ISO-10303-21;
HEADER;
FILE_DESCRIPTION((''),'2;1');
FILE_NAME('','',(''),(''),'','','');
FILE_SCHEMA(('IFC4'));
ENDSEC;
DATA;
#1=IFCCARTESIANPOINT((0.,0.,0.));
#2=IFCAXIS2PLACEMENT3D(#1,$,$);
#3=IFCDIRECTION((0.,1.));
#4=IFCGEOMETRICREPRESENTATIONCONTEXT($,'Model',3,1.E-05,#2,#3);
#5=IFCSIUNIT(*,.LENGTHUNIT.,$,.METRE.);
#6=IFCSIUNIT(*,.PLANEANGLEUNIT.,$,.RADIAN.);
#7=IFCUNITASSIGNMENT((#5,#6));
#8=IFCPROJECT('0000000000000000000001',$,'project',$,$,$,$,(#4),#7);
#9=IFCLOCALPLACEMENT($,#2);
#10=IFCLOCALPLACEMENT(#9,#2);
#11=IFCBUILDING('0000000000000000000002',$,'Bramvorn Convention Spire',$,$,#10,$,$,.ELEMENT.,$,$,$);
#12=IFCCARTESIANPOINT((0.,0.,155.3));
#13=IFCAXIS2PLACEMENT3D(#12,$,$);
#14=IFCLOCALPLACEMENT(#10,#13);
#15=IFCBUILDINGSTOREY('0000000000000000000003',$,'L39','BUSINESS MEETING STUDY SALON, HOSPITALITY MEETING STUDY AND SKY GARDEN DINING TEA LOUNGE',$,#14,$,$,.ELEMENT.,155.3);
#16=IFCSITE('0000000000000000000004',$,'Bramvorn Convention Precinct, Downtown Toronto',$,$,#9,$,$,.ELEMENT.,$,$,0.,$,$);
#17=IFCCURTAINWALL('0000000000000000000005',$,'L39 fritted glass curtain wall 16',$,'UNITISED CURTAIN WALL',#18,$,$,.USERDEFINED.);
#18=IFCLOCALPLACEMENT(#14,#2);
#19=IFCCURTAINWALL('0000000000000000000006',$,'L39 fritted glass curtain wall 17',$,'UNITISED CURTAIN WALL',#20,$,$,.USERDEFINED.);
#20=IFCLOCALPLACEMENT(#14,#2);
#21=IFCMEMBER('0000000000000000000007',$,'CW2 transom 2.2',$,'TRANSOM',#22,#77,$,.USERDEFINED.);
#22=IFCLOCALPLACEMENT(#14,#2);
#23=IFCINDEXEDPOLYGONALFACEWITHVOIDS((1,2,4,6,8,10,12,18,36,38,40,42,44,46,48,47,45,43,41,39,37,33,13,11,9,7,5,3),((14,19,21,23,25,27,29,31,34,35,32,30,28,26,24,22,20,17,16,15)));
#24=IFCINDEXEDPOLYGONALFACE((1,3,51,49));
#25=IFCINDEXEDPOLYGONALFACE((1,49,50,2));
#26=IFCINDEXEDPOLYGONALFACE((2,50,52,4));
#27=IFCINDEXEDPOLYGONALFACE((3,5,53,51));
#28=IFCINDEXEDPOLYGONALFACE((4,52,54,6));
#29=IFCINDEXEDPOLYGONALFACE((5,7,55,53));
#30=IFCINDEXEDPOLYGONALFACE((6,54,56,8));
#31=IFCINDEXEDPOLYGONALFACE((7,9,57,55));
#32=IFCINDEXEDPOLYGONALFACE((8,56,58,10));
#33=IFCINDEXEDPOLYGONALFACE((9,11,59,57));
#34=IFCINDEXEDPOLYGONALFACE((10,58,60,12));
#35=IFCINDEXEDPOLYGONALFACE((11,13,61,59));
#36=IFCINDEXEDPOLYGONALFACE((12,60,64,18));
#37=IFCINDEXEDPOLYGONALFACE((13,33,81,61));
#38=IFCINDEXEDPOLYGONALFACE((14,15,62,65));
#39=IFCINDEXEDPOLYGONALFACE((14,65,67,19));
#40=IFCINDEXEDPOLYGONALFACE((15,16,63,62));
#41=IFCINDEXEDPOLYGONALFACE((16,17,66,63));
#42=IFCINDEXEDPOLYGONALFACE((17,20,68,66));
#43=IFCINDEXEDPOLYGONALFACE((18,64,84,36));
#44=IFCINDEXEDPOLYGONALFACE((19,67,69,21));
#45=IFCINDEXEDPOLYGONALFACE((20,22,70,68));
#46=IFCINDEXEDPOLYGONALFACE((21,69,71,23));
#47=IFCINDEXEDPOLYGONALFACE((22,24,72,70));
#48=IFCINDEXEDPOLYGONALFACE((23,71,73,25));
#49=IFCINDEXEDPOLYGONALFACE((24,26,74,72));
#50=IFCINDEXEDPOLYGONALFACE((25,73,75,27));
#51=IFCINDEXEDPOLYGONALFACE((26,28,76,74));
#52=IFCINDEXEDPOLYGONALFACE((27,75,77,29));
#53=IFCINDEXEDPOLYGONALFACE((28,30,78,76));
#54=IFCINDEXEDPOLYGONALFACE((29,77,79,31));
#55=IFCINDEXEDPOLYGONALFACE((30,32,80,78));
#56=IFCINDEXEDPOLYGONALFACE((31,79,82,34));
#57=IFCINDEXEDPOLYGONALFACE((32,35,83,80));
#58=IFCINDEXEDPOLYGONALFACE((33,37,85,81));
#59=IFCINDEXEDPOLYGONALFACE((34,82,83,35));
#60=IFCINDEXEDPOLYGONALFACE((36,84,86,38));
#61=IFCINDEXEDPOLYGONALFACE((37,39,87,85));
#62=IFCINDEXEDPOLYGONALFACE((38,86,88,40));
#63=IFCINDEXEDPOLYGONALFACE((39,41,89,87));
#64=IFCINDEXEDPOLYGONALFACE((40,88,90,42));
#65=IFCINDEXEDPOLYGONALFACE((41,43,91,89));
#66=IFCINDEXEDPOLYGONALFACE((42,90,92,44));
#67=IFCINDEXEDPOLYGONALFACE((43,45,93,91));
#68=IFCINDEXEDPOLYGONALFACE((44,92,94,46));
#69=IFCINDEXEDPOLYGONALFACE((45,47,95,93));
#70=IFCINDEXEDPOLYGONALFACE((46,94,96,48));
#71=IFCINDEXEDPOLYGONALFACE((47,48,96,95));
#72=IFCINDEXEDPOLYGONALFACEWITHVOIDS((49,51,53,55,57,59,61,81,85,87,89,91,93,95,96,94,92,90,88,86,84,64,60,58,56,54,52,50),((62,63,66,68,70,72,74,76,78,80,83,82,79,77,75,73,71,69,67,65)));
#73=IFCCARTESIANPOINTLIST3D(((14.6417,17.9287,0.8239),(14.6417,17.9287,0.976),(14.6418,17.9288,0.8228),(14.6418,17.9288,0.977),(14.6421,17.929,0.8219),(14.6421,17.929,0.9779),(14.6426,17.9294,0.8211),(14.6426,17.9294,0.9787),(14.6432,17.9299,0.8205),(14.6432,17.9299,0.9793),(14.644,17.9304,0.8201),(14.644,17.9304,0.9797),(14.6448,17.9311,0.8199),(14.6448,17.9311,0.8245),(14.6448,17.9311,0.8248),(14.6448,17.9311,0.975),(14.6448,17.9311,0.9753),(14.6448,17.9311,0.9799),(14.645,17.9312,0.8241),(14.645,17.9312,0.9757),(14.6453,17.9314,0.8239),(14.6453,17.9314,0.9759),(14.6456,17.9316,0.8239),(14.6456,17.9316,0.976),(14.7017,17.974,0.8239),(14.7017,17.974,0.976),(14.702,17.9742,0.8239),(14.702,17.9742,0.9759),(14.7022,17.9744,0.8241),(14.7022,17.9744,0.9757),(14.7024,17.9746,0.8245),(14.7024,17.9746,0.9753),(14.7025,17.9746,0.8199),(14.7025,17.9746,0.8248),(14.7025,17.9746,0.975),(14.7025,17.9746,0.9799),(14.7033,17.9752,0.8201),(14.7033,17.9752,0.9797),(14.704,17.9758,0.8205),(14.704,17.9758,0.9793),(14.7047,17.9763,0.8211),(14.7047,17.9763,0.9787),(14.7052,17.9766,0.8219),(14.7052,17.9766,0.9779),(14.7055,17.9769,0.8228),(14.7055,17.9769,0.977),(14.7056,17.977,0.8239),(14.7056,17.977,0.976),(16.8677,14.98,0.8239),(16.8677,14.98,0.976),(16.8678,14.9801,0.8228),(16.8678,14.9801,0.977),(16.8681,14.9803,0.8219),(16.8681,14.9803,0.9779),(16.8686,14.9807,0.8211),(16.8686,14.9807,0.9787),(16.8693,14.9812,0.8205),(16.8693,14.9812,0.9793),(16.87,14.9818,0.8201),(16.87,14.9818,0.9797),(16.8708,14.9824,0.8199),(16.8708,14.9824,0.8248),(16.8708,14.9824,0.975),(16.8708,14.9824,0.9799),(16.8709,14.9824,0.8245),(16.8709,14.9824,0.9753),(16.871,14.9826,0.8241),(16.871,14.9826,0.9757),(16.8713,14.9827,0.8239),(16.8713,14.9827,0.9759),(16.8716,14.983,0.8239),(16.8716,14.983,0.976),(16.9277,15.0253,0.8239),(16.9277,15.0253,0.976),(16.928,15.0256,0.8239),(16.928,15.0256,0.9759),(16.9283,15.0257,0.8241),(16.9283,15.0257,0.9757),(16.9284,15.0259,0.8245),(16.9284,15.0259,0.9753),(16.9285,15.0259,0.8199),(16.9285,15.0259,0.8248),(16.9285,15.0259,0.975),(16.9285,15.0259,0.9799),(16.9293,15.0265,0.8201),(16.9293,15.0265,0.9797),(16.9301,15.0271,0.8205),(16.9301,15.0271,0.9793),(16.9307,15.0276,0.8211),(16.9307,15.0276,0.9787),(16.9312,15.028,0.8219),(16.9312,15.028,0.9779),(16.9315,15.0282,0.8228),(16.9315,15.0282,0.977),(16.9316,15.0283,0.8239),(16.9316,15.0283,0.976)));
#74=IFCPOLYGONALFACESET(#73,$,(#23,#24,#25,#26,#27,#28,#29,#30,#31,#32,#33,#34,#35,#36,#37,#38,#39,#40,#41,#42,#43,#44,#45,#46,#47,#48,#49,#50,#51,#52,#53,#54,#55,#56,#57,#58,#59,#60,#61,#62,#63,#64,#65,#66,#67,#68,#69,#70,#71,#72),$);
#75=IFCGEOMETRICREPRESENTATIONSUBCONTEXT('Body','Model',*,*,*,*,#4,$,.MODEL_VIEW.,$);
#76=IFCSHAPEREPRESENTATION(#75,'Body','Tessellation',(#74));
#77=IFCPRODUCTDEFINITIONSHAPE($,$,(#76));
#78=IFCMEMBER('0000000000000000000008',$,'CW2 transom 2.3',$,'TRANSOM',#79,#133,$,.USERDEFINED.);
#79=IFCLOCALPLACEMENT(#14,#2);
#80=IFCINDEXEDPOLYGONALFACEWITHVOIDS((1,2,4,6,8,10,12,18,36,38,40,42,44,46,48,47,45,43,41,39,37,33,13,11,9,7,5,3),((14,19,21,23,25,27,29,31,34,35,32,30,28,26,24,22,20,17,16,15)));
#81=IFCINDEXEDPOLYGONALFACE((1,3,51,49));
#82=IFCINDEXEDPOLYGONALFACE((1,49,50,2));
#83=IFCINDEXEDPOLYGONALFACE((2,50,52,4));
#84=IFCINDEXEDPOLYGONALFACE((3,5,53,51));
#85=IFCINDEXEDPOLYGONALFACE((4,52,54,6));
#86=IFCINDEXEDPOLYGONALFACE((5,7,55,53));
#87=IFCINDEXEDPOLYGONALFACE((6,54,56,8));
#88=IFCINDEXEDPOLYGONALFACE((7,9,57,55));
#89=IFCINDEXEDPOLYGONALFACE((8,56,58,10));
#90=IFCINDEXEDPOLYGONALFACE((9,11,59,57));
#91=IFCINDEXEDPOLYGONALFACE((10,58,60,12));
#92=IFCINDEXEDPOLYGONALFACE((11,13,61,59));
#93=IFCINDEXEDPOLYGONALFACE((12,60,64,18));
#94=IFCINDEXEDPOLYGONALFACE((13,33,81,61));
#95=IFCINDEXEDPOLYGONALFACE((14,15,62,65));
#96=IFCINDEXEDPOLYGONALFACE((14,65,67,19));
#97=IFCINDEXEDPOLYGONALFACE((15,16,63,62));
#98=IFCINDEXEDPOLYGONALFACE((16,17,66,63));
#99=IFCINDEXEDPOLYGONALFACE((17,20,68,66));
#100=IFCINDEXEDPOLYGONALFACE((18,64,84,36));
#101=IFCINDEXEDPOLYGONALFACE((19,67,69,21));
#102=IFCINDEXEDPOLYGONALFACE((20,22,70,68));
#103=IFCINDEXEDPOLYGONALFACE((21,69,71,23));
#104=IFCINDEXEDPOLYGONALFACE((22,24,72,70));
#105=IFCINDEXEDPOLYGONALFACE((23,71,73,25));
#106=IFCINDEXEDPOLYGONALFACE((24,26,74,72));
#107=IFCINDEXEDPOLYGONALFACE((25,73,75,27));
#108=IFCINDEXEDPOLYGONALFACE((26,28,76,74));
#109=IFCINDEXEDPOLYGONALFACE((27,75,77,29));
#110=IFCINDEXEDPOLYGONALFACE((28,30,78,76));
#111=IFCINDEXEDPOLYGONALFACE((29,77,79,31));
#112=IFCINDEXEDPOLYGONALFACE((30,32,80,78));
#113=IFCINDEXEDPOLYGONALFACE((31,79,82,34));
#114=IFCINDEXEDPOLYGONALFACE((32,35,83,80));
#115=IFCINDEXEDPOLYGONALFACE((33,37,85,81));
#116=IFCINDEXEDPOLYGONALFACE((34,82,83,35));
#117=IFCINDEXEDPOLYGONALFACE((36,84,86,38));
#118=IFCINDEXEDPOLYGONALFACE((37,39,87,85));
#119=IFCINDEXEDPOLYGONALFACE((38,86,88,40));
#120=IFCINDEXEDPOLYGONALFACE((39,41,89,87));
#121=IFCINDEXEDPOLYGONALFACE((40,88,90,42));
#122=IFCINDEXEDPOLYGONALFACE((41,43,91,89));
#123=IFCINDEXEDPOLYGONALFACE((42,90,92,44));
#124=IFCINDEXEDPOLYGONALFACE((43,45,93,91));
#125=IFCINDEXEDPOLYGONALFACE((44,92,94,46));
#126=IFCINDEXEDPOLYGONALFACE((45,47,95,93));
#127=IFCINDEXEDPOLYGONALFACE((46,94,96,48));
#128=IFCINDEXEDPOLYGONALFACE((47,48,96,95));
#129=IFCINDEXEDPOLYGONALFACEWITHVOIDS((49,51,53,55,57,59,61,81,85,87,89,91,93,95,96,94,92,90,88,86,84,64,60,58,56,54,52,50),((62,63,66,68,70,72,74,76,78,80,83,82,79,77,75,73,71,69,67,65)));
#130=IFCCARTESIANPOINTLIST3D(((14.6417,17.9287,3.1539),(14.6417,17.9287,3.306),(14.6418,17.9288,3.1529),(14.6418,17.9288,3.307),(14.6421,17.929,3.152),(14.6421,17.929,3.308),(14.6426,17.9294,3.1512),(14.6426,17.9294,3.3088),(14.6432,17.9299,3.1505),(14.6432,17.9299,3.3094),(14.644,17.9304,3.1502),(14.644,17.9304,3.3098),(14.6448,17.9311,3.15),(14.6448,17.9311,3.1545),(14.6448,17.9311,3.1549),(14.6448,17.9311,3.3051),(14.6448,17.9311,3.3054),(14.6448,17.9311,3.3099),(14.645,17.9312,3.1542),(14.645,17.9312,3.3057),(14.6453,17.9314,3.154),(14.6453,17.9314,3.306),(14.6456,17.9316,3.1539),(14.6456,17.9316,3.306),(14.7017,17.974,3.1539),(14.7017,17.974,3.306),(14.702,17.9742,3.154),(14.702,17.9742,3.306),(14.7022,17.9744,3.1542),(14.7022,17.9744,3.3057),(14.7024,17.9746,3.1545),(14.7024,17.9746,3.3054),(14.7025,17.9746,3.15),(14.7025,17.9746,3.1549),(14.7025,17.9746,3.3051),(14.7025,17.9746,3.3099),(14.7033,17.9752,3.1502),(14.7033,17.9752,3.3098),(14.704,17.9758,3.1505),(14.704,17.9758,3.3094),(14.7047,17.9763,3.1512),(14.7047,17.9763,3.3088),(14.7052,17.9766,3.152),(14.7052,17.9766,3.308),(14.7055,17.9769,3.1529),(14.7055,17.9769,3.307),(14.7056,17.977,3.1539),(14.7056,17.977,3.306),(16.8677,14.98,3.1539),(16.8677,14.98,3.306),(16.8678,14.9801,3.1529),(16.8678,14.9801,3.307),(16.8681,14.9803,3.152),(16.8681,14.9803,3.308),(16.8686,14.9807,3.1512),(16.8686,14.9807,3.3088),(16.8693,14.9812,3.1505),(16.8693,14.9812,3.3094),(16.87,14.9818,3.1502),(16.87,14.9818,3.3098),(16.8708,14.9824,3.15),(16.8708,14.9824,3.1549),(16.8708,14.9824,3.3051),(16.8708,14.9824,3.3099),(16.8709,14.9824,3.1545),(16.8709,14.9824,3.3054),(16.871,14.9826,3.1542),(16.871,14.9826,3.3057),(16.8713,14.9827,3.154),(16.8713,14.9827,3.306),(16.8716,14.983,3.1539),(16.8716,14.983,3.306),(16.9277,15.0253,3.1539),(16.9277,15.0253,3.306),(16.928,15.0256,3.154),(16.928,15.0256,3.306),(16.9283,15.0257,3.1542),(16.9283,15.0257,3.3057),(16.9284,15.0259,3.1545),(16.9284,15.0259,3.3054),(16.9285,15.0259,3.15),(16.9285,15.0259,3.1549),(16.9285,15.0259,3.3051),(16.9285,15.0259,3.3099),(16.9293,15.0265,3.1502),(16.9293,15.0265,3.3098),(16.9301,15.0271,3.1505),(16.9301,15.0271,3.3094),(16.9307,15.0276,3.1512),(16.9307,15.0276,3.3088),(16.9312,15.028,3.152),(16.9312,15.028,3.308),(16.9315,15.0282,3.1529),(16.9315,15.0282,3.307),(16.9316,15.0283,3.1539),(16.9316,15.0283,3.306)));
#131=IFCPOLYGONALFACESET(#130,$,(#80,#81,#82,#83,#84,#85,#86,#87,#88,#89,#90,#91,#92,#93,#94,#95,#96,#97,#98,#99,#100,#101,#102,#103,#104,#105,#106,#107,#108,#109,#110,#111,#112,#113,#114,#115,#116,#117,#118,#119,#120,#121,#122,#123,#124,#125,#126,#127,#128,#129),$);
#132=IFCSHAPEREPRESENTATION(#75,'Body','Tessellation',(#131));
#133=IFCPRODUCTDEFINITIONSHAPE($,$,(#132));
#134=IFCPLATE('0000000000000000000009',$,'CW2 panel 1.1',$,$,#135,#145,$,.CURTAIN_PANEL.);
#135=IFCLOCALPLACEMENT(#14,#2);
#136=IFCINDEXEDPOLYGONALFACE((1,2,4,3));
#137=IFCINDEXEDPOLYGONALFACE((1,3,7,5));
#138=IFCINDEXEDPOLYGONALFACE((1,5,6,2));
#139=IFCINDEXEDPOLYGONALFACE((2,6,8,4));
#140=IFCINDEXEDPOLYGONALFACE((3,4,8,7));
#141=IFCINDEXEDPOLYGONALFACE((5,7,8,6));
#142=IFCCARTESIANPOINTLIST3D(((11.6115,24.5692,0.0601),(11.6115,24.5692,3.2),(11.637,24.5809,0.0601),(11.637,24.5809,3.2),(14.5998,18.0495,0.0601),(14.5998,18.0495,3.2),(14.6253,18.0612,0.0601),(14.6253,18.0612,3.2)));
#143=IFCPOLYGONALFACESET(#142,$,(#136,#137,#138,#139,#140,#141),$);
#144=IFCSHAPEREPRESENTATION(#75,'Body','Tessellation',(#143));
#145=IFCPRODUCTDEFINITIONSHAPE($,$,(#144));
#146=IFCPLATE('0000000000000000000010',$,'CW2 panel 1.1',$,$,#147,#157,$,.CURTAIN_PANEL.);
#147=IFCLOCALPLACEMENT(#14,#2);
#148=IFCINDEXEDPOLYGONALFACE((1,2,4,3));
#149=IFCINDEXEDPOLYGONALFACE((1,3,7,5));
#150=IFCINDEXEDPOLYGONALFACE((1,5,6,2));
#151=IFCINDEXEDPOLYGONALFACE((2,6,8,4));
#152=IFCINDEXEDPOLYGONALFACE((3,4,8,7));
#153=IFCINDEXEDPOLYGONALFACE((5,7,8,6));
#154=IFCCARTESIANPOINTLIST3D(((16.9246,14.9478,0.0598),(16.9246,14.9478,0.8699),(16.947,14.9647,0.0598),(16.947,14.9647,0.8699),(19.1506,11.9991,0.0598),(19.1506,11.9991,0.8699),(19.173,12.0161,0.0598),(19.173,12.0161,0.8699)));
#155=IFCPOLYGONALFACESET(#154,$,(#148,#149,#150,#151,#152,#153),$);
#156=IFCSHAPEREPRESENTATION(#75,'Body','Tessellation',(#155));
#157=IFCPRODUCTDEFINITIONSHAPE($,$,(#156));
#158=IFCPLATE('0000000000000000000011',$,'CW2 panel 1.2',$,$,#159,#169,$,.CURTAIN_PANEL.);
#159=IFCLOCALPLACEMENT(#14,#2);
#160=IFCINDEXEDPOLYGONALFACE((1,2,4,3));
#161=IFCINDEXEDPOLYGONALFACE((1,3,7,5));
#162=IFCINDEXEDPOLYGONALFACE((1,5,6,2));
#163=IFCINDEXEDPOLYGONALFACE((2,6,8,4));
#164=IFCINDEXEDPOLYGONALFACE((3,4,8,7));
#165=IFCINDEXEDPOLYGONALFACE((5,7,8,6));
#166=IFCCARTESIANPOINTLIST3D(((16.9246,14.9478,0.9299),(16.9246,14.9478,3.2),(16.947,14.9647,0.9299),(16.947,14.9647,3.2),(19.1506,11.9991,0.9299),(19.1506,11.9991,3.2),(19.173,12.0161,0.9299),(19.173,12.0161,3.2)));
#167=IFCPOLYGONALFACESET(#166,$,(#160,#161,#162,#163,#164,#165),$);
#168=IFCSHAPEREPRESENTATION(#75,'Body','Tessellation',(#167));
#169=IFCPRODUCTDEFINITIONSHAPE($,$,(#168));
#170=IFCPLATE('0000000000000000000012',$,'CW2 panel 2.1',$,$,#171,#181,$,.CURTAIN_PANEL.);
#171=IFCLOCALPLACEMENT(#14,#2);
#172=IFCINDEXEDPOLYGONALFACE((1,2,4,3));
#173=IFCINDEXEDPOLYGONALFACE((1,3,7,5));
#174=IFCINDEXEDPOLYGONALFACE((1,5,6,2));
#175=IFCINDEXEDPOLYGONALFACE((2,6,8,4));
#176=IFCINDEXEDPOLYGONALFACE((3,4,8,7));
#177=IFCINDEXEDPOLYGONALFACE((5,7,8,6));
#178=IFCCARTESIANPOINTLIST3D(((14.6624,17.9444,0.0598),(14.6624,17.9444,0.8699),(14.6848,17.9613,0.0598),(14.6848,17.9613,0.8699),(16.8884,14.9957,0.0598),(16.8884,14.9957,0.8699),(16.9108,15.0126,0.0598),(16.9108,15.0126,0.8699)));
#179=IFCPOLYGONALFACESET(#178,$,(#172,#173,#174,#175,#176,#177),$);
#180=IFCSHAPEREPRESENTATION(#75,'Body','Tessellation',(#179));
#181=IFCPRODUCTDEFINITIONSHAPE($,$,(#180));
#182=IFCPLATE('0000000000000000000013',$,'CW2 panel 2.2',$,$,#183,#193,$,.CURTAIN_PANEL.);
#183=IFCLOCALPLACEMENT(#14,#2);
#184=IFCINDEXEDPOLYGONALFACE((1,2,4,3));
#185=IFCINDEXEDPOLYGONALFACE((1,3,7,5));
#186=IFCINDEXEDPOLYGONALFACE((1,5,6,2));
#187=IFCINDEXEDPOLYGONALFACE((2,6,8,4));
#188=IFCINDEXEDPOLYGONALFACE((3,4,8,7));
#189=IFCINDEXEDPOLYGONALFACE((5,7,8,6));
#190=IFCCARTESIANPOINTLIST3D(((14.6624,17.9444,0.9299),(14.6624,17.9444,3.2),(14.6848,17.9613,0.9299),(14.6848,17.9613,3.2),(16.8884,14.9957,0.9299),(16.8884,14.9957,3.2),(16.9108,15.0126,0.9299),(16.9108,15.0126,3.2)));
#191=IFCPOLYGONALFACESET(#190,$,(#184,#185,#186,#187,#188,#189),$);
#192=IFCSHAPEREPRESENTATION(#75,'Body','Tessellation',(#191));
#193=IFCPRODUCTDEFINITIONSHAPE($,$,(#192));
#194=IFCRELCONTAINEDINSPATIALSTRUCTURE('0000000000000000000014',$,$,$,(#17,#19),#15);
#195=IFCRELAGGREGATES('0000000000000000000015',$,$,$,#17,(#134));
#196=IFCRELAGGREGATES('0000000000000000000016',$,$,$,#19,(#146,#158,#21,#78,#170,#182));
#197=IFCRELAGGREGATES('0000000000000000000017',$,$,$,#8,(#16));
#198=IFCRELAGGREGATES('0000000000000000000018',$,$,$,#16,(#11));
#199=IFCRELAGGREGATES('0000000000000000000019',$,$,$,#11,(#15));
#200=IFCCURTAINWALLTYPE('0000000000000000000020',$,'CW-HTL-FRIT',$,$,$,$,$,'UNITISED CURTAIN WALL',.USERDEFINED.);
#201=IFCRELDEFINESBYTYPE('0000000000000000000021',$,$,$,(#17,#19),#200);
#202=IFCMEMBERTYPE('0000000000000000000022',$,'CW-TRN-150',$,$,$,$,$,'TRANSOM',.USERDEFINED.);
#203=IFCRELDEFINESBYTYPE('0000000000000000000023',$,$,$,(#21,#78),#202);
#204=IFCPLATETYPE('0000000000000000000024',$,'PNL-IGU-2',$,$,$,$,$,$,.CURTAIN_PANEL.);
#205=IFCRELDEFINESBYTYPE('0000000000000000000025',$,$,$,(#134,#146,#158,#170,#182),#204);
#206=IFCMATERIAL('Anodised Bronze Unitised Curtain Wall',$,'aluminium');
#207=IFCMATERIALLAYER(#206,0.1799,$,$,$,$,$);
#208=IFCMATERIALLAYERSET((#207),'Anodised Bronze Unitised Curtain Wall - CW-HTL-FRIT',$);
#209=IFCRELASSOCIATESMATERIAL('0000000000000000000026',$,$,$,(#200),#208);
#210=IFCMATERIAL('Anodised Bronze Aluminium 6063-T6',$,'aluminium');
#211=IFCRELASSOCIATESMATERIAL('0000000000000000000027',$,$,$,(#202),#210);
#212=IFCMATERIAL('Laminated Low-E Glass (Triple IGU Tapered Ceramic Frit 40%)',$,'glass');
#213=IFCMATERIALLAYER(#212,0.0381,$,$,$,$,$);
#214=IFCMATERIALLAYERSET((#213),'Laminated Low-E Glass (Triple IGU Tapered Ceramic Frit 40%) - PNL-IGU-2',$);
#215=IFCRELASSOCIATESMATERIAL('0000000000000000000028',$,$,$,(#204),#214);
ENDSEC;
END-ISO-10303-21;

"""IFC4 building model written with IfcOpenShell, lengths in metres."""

from ifc_helpers import new_model, si_unit, direction, frame, origin, origin_2d, place, context, subcontext, project, spatial, rectangle, hollow_rectangle, extrude, material, layer, layer_set, material_profile, profile_set, type_object, element, aggregate, save


model = new_model("IFC4")

# Units and contexts
model_context = context("Model", 3, precision=1e-05, world=origin(), true_north=direction((0.0, 1.0)))
body_context = subcontext(model_context, "Body", "Model", "MODEL_VIEW")
ifc_project = project(units=[si_unit("LENGTHUNIT", "METRE"), si_unit("PLANEANGLEUNIT", "RADIAN")], contexts=[model_context])

# Site, building, storey
site_placement = place(None, origin())
site = spatial("IfcSite", under=ifc_project, at=site_placement, Name="Bramvorn Convention Precinct, Downtown Toronto", CompositionType="ELEMENT", RefElevation=0.0)
building_placement = place(site_placement, origin())
building = spatial("IfcBuilding", under=site, at=building_placement, Name="Bramvorn Convention Spire", CompositionType="ELEMENT")
storey_placement = place(building_placement, frame((0.0, 0.0, 155.3)))
storey = spatial("IfcBuildingStorey", under=building, at=storey_placement, Name="L39", Description="BUSINESS MEETING STUDY SALON, HOSPITALITY MEETING STUDY AND SKY GARDEN DINING TEA LOUNGE", CompositionType="ELEMENT", Elevation=155.3)

# Shared definitions
ifc_material_1 = material(Name="Anodised Bronze Unitised Curtain Wall", Category="aluminium")
ifc_layer_1 = layer(ifc_material_1, 0.1799)
ifc_layer_set_1 = layer_set([ifc_layer_1], Name="Anodised Bronze Unitised Curtain Wall - CW-HTL-FRIT")
curtain_wall_type = type_object("IfcCurtainWallType", Name="CW-HTL-FRIT", ElementType="UNITISED CURTAIN WALL", PredefinedType="USERDEFINED", material=ifc_layer_set_1)
ifc_material_2 = material(Name="Anodised Bronze Aluminium 6063-T6", Category="aluminium")

# Curtain walls
curtain_wall_1_placement = place(storey_placement, origin())
curtain_wall_1 = element("IfcCurtainWall", 1, at=curtain_wall_1_placement, inside=storey, type_object=curtain_wall_type, Name="L39 fritted glass curtain wall 16", ObjectType="UNITISED CURTAIN WALL", PredefinedType="USERDEFINED")
curtain_wall_2_placement = place(storey_placement, origin())
curtain_wall_2 = element("IfcCurtainWall", 2, at=curtain_wall_2_placement, inside=storey, type_object=curtain_wall_type, Name="L39 fritted glass curtain wall 17", ObjectType="UNITISED CURTAIN WALL", PredefinedType="USERDEFINED")

# Members
ifc_material_profile_1 = material_profile(ifc_material_2, hollow_rectangle(XDim=0.0801, YDim=0.1599, WallThickness=0.0039, InnerFilletRadius=0.001, OuterFilletRadius=0.0039, at=origin_2d()))
ifc_profile_set_1 = profile_set([ifc_material_profile_1], Name="Anodised Bronze Aluminium 6063-T6 - CWT80X160")
member_type_1 = type_object("IfcMemberType", Name="CW-TRN-150", ElementType="TRANSOM", PredefinedType="USERDEFINED", material=ifc_profile_set_1)
member_1_placement = place(storey_placement, frame((16.8997, 15.0042, 0.8999), z_axis=(-0.602513, 0.798109, 0.0), x_axis=(-0.798109, -0.602513, 0.0)))
member_1 = element("IfcMember", 3, at=member_1_placement, type_object=member_type_1, Name="CW2 transom 2.2", ObjectType="TRANSOM", PredefinedType="USERDEFINED", context=body_context, shape_type="SweptSolid", body=[
    extrude(hollow_rectangle(XDim=0.0801, YDim=0.1599, WallThickness=0.0039, InnerFilletRadius=0.001, OuterFilletRadius=0.0039, at=origin_2d()), origin(), (0.0, 0.0, 1.0), 3.6946),
])
member_2_placement = place(storey_placement, frame((16.8997, 15.0042, 3.23), z_axis=(-0.602513, 0.798109, 0.0), x_axis=(-0.798109, -0.602513, 0.0)))
member_2 = element("IfcMember", 4, at=member_2_placement, type_object=member_type_1, Name="CW2 transom 2.3", ObjectType="TRANSOM", PredefinedType="USERDEFINED", context=body_context, shape_type="SweptSolid", body=[
    extrude(hollow_rectangle(XDim=0.0801, YDim=0.1599, WallThickness=0.0039, InnerFilletRadius=0.001, OuterFilletRadius=0.0039, at=origin_2d()), origin(), (0.0, 0.0, 1.0), 3.6946),
])

# Plates
ifc_material_3 = material(Name="Laminated Low-E Glass (Triple IGU Tapered Ceramic Frit 40%)", Category="glass")
ifc_layer_2 = layer(ifc_material_3, 0.0381)
ifc_layer_set_2 = layer_set([ifc_layer_2], Name="Laminated Low-E Glass (Triple IGU Tapered Ceramic Frit 40%) - PNL-IGU-2")
plate_type = type_object("IfcPlateType", Name="PNL-IGU-2", PredefinedType="CURTAIN_PANEL", material=ifc_layer_set_2)
plate_1_placement = place(storey_placement, frame((13.1184, 21.3152, 0.0601), z_axis=(0.0, 0.0, 1.0), x_axis=(-0.416671, 0.909057, 0.0)))
plate_1 = element("IfcPlate", 5, at=plate_1_placement, type_object=plate_type, Name="CW2 panel 1.1", PredefinedType="CURTAIN_PANEL", context=body_context, shape_type="SweptSolid", body=[
    extrude(rectangle(XDim=7.1719, YDim=0.0281, at=origin_2d()), origin(), (0.0, 0.0, 1.0), 3.1399),
])
aggregate(curtain_wall_1, [plate_1])
plate_2_placement = place(storey_placement, frame((18.0488, 13.4819, 0.0598), z_axis=(0.0, 0.0, 1.0), x_axis=(-0.602513, 0.798109, 0.0)))
plate_2 = element("IfcPlate", 6, at=plate_2_placement, type_object=plate_type, Name="CW2 panel 1.1", PredefinedType="CURTAIN_PANEL", context=body_context, shape_type="SweptSolid", body=[
    extrude(rectangle(XDim=3.6946, YDim=0.0281, at=origin_2d()), origin(), (0.0, 0.0, 1.0), 0.8101),
])
plate_3_placement = place(storey_placement, frame((18.0488, 13.4819, 0.9299), z_axis=(0.0, 0.0, 1.0), x_axis=(-0.602513, 0.798109, 0.0)))
plate_3 = element("IfcPlate", 7, at=plate_3_placement, type_object=plate_type, Name="CW2 panel 1.2", PredefinedType="CURTAIN_PANEL", context=body_context, shape_type="SweptSolid", body=[
    extrude(rectangle(XDim=3.6946, YDim=0.0281, at=origin_2d()), origin(), (0.0, 0.0, 1.0), 2.27),
])
plate_4_placement = place(storey_placement, frame((15.7866, 16.4785, 0.0598), z_axis=(0.0, 0.0, 1.0), x_axis=(-0.602513, 0.798109, 0.0)))
plate_4 = element("IfcPlate", 8, at=plate_4_placement, type_object=plate_type, Name="CW2 panel 2.1", PredefinedType="CURTAIN_PANEL", context=body_context, shape_type="SweptSolid", body=[
    extrude(rectangle(XDim=3.6946, YDim=0.0281, at=origin_2d()), origin(), (0.0, 0.0, 1.0), 0.8101),
])
plate_5_placement = place(storey_placement, frame((15.7866, 16.4785, 0.9299), z_axis=(0.0, 0.0, 1.0), x_axis=(-0.602513, 0.798109, 0.0)))
plate_5 = element("IfcPlate", 9, at=plate_5_placement, type_object=plate_type, Name="CW2 panel 2.2", PredefinedType="CURTAIN_PANEL", context=body_context, shape_type="SweptSolid", body=[
    extrude(rectangle(XDim=3.6946, YDim=0.0281, at=origin_2d()), origin(), (0.0, 0.0, 1.0), 2.27),
])
aggregate(curtain_wall_2, [plate_2, plate_3, member_1, member_2, plate_4, plate_5])

save(model, "model.ifc")
